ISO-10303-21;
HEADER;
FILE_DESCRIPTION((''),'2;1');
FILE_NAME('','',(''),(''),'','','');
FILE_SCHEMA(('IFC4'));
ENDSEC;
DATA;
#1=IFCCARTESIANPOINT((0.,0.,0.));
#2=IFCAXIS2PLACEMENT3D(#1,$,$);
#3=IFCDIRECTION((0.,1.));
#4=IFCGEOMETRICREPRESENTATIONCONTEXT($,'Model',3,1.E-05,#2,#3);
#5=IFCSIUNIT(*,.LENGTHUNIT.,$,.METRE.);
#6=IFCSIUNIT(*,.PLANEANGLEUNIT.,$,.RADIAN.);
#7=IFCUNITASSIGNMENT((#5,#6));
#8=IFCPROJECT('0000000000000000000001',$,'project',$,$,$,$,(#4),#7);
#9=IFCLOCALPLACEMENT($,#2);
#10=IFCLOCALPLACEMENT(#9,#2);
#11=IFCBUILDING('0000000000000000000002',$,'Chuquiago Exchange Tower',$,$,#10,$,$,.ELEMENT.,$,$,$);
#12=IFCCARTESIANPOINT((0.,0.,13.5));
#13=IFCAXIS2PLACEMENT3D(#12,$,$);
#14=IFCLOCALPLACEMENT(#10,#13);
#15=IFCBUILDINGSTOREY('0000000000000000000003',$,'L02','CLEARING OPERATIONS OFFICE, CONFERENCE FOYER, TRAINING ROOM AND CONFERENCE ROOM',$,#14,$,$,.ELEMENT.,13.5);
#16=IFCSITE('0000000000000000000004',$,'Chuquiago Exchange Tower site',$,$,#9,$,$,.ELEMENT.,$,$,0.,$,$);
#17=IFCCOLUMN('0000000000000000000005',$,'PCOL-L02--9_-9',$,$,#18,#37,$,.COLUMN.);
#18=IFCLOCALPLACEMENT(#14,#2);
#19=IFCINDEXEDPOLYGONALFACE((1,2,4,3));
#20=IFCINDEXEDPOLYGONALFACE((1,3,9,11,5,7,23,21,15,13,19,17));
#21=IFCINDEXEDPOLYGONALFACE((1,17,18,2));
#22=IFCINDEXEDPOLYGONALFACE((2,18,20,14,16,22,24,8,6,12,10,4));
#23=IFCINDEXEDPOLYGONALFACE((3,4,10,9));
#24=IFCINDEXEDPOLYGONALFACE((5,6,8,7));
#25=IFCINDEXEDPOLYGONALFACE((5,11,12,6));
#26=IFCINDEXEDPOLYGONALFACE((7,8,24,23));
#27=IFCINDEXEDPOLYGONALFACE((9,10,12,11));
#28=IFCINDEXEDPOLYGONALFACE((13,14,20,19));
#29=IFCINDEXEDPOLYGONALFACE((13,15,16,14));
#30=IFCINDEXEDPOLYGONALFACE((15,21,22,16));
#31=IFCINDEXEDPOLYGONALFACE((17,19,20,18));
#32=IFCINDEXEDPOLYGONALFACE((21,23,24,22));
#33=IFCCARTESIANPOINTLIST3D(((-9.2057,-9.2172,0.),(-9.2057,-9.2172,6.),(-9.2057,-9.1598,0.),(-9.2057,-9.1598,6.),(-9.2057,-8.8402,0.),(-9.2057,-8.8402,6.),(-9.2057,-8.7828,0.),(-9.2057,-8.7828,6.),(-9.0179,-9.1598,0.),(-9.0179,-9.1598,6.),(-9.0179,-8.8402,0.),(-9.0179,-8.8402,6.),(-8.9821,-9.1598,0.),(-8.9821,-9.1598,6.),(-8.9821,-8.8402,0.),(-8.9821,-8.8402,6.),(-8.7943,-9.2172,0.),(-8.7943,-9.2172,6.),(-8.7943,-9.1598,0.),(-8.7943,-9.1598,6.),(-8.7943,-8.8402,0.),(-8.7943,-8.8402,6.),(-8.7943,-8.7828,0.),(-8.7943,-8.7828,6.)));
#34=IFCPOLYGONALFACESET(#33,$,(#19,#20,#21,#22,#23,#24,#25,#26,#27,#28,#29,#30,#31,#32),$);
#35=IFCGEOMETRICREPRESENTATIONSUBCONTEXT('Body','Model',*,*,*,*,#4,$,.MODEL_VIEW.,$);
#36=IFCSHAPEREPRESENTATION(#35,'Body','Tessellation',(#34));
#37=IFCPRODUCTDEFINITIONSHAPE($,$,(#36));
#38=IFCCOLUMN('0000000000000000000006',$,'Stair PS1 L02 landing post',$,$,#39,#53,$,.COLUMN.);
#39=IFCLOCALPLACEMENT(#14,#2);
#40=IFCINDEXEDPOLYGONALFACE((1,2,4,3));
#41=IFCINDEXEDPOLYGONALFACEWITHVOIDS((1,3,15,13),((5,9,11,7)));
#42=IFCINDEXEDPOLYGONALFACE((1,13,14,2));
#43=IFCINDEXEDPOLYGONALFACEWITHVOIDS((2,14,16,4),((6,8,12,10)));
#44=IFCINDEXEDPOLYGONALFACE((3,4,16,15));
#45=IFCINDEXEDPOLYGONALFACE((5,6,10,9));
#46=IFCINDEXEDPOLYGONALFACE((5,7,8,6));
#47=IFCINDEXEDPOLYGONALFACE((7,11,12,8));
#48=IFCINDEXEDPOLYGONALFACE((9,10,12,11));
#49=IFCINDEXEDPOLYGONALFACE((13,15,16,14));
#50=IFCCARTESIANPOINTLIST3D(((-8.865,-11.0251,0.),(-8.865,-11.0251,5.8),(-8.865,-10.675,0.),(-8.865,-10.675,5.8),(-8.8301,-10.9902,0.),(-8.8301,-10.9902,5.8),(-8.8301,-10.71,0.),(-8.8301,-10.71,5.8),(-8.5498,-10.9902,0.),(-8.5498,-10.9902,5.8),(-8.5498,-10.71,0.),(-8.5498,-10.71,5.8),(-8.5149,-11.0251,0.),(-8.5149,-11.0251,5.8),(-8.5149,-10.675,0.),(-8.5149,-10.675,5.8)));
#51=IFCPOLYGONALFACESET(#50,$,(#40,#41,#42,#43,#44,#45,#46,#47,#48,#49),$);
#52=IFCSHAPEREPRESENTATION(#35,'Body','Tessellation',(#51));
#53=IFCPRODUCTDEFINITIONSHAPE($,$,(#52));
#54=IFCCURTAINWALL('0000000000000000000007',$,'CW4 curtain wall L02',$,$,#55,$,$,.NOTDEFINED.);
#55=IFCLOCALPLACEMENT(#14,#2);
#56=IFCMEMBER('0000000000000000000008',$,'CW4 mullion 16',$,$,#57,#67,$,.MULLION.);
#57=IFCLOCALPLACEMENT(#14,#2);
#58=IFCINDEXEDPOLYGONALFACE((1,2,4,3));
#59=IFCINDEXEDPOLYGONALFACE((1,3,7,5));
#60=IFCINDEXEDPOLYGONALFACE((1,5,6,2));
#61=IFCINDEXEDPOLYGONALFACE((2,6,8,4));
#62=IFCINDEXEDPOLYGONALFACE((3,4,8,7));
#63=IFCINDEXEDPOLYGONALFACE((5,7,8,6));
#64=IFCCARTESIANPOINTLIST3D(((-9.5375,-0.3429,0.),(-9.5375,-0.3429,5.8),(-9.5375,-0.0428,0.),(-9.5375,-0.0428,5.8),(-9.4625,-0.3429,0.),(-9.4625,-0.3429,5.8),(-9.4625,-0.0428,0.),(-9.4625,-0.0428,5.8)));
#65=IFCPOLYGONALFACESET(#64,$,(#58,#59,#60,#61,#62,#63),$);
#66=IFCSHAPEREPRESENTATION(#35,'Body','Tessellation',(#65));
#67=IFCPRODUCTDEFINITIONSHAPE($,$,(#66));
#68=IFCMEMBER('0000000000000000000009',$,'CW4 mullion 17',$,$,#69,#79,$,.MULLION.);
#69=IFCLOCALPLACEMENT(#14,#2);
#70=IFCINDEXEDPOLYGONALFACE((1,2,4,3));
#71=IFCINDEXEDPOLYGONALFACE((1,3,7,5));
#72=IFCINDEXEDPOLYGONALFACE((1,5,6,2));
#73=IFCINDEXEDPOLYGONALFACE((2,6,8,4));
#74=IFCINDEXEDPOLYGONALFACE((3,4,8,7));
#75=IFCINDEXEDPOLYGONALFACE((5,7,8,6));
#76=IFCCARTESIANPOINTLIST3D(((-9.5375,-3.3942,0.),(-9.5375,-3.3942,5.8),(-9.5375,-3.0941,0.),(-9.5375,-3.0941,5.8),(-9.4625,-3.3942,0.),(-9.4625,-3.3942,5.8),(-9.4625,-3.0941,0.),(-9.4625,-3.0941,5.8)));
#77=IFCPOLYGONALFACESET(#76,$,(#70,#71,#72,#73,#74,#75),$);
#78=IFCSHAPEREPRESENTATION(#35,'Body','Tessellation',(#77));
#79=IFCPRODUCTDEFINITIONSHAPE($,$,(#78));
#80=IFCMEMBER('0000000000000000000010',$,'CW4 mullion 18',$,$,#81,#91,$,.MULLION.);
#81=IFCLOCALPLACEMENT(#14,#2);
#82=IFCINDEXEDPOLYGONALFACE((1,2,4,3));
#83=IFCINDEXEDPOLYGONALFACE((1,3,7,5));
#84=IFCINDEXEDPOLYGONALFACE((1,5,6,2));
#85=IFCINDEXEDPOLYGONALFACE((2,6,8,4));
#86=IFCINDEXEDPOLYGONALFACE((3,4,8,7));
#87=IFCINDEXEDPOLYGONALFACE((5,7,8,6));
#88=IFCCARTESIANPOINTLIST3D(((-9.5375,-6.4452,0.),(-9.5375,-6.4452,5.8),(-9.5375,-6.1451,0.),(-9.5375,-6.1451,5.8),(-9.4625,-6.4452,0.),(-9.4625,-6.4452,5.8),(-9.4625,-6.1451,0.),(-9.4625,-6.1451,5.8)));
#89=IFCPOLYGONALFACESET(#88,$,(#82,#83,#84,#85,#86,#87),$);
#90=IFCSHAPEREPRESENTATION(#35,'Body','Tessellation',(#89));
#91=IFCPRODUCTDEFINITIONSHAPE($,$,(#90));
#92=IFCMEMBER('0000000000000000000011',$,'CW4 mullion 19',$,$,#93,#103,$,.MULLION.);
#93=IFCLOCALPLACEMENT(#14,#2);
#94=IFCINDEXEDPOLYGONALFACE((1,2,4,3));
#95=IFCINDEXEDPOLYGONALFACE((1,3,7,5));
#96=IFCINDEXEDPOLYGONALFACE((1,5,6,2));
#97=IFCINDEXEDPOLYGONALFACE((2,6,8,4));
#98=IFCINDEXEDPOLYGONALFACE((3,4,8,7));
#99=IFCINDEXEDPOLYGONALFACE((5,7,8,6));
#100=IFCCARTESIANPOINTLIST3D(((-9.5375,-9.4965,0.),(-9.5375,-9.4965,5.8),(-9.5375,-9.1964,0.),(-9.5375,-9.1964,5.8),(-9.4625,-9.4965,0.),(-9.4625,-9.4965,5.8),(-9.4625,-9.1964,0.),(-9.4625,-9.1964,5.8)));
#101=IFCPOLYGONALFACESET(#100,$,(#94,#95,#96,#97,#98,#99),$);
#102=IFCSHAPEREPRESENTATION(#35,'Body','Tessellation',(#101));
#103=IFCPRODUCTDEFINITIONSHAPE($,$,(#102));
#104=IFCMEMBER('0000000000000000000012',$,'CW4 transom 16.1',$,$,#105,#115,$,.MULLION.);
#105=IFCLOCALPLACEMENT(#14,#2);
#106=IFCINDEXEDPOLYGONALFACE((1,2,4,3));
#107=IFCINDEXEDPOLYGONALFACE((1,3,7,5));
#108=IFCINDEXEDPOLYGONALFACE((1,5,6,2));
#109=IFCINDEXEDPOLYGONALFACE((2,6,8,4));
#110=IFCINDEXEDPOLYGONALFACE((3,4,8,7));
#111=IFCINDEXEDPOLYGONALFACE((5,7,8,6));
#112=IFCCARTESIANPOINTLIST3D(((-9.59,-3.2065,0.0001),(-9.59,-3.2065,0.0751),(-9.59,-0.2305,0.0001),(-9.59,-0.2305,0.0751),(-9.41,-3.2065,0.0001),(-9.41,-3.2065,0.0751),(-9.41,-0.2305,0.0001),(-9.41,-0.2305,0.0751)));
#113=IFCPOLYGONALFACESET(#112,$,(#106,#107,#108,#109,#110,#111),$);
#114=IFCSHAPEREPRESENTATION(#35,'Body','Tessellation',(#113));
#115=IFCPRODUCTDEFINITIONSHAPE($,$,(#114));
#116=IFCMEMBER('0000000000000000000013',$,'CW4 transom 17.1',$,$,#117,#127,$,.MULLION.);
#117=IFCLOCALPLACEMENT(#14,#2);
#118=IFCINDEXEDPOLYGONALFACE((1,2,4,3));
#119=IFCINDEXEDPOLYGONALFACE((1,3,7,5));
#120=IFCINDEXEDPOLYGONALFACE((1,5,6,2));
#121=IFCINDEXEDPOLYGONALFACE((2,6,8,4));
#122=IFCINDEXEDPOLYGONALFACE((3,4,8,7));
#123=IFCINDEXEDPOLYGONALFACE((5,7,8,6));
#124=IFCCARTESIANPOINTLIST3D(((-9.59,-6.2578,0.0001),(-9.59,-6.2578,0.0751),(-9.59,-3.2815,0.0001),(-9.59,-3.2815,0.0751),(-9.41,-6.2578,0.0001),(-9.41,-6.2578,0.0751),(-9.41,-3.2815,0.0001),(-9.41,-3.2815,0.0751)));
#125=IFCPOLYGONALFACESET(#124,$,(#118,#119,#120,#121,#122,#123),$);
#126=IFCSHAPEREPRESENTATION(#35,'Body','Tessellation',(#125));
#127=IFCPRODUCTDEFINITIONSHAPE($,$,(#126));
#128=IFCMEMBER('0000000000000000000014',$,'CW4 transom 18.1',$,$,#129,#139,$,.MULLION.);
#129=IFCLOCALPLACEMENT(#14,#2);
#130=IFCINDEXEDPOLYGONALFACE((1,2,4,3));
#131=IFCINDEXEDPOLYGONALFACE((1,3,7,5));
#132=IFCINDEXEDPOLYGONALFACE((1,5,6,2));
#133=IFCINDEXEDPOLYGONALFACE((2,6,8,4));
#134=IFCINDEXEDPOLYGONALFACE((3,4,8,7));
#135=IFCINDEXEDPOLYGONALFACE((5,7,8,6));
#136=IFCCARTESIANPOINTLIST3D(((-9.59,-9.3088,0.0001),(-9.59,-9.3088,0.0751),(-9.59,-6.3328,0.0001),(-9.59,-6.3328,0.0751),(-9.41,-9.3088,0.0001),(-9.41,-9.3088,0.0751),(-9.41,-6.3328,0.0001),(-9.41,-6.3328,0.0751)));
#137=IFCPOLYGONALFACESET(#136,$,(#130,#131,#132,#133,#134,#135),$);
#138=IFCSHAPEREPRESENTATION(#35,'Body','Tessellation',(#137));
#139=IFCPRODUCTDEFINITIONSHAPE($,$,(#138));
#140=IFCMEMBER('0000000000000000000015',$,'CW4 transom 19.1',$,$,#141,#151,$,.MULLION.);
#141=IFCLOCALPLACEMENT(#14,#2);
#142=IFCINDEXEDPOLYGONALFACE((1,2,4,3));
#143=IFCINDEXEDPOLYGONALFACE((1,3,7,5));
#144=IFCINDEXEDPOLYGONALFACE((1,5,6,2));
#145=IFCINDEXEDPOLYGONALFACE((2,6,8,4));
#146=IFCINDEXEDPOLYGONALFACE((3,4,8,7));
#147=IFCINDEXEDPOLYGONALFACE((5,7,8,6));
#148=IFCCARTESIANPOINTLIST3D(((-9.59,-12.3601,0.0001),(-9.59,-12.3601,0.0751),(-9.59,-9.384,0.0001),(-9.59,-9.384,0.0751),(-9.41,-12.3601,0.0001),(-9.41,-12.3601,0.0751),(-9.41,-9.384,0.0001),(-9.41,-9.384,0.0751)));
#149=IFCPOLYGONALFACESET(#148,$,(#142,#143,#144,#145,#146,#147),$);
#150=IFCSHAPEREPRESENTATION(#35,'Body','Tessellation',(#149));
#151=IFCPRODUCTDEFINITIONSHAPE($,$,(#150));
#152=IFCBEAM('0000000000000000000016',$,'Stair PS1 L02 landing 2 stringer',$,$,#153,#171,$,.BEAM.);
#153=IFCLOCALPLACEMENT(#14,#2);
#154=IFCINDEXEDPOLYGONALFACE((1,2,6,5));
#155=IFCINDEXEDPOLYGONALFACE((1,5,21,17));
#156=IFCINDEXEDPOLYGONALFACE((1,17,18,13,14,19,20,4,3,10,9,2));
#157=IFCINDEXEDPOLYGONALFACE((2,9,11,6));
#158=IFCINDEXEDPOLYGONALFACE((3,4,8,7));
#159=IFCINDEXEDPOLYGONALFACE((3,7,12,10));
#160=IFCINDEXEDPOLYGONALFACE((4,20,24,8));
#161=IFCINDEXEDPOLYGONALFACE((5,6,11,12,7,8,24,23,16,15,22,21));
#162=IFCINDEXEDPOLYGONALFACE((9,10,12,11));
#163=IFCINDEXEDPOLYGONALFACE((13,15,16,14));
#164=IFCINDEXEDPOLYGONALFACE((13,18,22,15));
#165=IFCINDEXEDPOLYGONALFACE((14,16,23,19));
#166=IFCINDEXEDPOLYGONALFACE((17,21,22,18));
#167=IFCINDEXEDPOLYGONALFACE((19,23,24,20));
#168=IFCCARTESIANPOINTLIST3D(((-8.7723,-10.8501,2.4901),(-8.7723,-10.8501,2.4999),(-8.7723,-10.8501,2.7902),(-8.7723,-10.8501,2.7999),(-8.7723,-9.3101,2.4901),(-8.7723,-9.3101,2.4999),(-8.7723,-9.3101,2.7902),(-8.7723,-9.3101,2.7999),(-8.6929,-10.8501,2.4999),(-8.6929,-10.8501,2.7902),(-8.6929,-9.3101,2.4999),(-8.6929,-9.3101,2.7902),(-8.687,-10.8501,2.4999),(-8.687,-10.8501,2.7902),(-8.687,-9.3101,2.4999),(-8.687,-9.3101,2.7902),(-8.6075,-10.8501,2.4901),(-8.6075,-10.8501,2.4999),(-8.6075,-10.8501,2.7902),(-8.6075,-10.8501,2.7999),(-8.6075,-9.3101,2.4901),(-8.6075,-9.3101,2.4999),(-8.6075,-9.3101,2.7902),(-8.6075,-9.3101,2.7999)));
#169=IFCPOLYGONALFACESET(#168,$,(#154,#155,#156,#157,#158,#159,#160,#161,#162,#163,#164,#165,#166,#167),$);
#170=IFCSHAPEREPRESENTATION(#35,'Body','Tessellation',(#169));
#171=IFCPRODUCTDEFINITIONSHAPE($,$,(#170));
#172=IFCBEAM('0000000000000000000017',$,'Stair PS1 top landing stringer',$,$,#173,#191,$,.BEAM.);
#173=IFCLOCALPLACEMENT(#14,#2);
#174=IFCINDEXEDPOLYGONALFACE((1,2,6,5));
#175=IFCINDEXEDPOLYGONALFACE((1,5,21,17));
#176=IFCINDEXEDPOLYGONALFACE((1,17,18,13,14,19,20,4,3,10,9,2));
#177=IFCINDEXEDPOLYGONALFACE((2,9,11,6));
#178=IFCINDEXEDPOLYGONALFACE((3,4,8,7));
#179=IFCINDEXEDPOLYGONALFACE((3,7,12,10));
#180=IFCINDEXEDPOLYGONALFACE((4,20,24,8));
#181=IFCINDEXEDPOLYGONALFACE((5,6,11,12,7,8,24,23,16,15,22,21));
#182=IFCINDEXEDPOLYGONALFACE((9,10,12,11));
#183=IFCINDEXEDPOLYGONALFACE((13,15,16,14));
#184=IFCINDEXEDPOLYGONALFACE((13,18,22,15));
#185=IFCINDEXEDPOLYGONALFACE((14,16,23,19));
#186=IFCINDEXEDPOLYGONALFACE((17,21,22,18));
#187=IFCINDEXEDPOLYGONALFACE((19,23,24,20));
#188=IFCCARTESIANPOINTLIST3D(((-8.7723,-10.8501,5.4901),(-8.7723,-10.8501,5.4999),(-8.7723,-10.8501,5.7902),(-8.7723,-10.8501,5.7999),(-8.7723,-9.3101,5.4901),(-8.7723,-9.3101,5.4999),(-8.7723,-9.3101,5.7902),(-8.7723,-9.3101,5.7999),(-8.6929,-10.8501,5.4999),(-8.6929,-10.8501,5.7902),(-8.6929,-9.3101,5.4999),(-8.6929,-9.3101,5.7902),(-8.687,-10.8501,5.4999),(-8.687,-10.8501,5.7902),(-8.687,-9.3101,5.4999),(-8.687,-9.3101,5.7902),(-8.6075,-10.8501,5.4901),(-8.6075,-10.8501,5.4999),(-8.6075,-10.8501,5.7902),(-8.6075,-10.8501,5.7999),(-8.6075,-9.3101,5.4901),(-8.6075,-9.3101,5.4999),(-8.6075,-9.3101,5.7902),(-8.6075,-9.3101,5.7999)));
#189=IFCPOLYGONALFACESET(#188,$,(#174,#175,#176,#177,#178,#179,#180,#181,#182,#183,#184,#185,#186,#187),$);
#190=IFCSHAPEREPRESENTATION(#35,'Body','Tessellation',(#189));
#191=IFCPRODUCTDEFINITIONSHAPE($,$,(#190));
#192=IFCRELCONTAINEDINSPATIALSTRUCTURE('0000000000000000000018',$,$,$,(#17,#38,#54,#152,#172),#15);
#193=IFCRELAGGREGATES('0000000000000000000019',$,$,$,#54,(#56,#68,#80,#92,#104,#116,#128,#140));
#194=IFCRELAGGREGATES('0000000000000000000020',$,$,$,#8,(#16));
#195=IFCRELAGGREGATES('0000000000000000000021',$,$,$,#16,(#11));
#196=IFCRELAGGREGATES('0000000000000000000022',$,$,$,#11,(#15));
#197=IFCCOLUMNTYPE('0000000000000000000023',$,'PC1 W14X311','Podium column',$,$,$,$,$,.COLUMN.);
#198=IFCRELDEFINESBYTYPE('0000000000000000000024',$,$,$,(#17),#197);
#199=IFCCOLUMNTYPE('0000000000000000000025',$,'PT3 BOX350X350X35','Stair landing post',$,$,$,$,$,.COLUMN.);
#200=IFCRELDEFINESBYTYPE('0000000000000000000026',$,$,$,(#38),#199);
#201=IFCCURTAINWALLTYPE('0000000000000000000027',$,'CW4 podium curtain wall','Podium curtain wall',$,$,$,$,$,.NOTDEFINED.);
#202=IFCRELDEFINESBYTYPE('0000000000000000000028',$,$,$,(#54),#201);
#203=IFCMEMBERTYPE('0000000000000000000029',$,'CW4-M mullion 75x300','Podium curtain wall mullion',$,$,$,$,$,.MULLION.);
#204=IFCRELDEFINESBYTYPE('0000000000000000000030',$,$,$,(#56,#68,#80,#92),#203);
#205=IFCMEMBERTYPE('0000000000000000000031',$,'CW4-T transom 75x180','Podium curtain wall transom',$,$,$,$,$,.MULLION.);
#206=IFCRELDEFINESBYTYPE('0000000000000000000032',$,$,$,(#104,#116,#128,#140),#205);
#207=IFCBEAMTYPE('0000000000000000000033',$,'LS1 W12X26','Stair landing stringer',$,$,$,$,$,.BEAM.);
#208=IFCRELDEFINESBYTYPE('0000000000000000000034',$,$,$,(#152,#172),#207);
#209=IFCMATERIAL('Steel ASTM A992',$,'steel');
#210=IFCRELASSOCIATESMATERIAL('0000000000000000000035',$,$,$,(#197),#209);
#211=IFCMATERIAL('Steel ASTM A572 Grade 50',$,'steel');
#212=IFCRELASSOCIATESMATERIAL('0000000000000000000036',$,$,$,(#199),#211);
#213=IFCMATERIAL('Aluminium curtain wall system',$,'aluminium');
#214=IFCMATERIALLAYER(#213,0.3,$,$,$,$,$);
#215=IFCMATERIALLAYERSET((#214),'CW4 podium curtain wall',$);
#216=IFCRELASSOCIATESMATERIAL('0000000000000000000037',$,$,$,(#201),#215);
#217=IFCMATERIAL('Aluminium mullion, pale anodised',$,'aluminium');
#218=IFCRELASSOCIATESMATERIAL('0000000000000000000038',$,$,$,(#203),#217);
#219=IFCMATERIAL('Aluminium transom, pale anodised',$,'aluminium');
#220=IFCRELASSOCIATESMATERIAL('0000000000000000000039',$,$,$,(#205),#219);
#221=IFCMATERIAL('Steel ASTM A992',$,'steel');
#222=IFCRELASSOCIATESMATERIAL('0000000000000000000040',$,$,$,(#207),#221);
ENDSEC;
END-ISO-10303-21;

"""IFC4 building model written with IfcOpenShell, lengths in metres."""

from ifc_helpers import new_model, si_unit, direction, frame, origin, origin_2d, place, context, subcontext, project, spatial, rectangle, hollow_rectangle, i_section, extrude, material, layer, layer_set, material_profile, profile_set, type_object, element, aggregate, save


model = new_model("IFC4")

# Units and contexts
model_context = context("Model", 3, precision=1e-05, world=origin(), true_north=direction((0.0, 1.0)))
body_context = subcontext(model_context, "Body", "Model", "MODEL_VIEW")
ifc_project = project(units=[si_unit("LENGTHUNIT", "METRE"), si_unit("PLANEANGLEUNIT", "RADIAN")], contexts=[model_context])

# Site, building, storey
site_placement = place(None, origin())
site = spatial("IfcSite", under=ifc_project, at=site_placement, Name="Chuquiago Exchange Tower site", CompositionType="ELEMENT", RefElevation=0.0)
building_placement = place(site_placement, origin())
building = spatial("IfcBuilding", under=site, at=building_placement, Name="Chuquiago Exchange Tower", CompositionType="ELEMENT")
storey_placement = place(building_placement, frame((0.0, 0.0, 13.5)))
storey = spatial("IfcBuildingStorey", under=building, at=storey_placement, Name="L02", Description="CLEARING OPERATIONS OFFICE, CONFERENCE FOYER, TRAINING ROOM AND CONFERENCE ROOM", CompositionType="ELEMENT", Elevation=13.5)

# Columns
ifc_material_1 = material(Name="Steel ASTM A992", Category="steel")
ifc_material_profile_1 = material_profile(ifc_material_1, i_section(OverallWidth=0.4114, OverallDepth=0.4343, WebThickness=0.0359, FlangeThickness=0.0574, at=origin_2d()), Name="W14X311")
ifc_profile_set_1 = profile_set([ifc_material_profile_1], Name="Steel ASTM A992")
column_type_1 = type_object("IfcColumnType", Name="PC1 W14X311", Description="Podium column", PredefinedType="COLUMN", material=ifc_profile_set_1)
column_1_placement = place(storey_placement, frame((-9.0, -9.0, 0.0), z_axis=(0.0, 0.0, 1.0), x_axis=(1.0, 0.0, 0.0)))
element("IfcColumn", 1, at=column_1_placement, inside=storey, type_object=column_type_1, Name="PCOL-L02--9_-9", PredefinedType="COLUMN", context=body_context, shape_type="SweptSolid", body=[
    extrude(i_section(OverallWidth=0.4114, OverallDepth=0.4343, WebThickness=0.0359, FlangeThickness=0.0574, at=origin_2d()), origin(), (0.0, 0.0, 1.0), 6.0),
])
ifc_material_2 = material(Name="Steel ASTM A572 Grade 50", Category="steel")
ifc_material_profile_2 = material_profile(ifc_material_2, hollow_rectangle(XDim=0.3501, YDim=0.3501, WallThickness=0.0349, at=origin_2d()), Name="BOX350X350X35")
ifc_profile_set_2 = profile_set([ifc_material_profile_2], Name="Steel ASTM A572 Grade 50")
column_type_2 = type_object("IfcColumnType", Name="PT3 BOX350X350X35", Description="Stair landing post", PredefinedType="COLUMN", material=ifc_profile_set_2)
column_2_placement = place(storey_placement, frame((-8.6899, -10.8501, 0.0), z_axis=(0.0, 0.0, 1.0), x_axis=(1.0, 0.0, 0.0)))
element("IfcColumn", 2, at=column_2_placement, inside=storey, type_object=column_type_2, Name="Stair PS1 L02 landing post", PredefinedType="COLUMN", context=body_context, shape_type="SweptSolid", body=[
    extrude(hollow_rectangle(XDim=0.3501, YDim=0.3501, WallThickness=0.0349, at=origin_2d()), origin(), (0.0, 0.0, 1.0), 5.8),
])

# Curtain wall, members
ifc_material_3 = material(Name="Aluminium curtain wall system", Category="aluminium")
ifc_layer_1 = layer(ifc_material_3, 0.3)
ifc_layer_set_1 = layer_set([ifc_layer_1], Name="CW4 podium curtain wall")
curtain_wall_type = type_object("IfcCurtainWallType", Name="CW4 podium curtain wall", Description="Podium curtain wall", PredefinedType="NOTDEFINED", material=ifc_layer_set_1)
curtain_wall_placement = place(storey_placement, origin())
curtain_wall = element("IfcCurtainWall", 3, at=curtain_wall_placement, inside=storey, type_object=curtain_wall_type, Name="CW4 curtain wall L02", PredefinedType="NOTDEFINED")
ifc_material_4 = material(Name="Aluminium mullion, pale anodised", Category="aluminium")
ifc_material_profile_3 = material_profile(ifc_material_4, rectangle(XDim=0.075, YDim=0.3, at=origin_2d()), Name="AL 75x300")
ifc_profile_set_3 = profile_set([ifc_material_profile_3], Name="Aluminium mullion, pale anodised")
member_type_1 = type_object("IfcMemberType", Name="CW4-M mullion 75x300", Description="Podium curtain wall mullion", PredefinedType="MULLION", material=ifc_profile_set_3)
member_1_placement = place(storey_placement, frame((-9.5, -0.1929, 0.0), z_axis=(0.0, 0.0, 1.0), x_axis=(1.0, 0.0, 0.0)))
member_1 = element("IfcMember", 4, at=member_1_placement, type_object=member_type_1, Name="CW4 mullion 16", PredefinedType="MULLION", context=body_context, shape_type="SweptSolid", body=[
    extrude(rectangle(XDim=0.075, YDim=0.3, at=origin_2d()), origin(), (0.0, 0.0, 1.0), 5.8),
])
member_2_placement = place(storey_placement, frame((-9.5, -3.2441, 0.0), z_axis=(0.0, 0.0, 1.0), x_axis=(1.0, 0.0, 0.0)))
member_2 = element("IfcMember", 5, at=member_2_placement, type_object=member_type_1, Name="CW4 mullion 17", PredefinedType="MULLION", context=body_context, shape_type="SweptSolid", body=[
    extrude(rectangle(XDim=0.075, YDim=0.3, at=origin_2d()), origin(), (0.0, 0.0, 1.0), 5.8),
])
member_3_placement = place(storey_placement, frame((-9.5, -6.2952, 0.0), z_axis=(0.0, 0.0, 1.0), x_axis=(1.0, 0.0, 0.0)))
member_3 = element("IfcMember", 6, at=member_3_placement, type_object=member_type_1, Name="CW4 mullion 18", PredefinedType="MULLION", context=body_context, shape_type="SweptSolid", body=[
    extrude(rectangle(XDim=0.075, YDim=0.3, at=origin_2d()), origin(), (0.0, 0.0, 1.0), 5.8),
])
member_4_placement = place(storey_placement, frame((-9.5, -9.3464, 0.0), z_axis=(0.0, 0.0, 1.0), x_axis=(1.0, 0.0, 0.0)))
member_4 = element("IfcMember", 7, at=member_4_placement, type_object=member_type_1, Name="CW4 mullion 19", PredefinedType="MULLION", context=body_context, shape_type="SweptSolid", body=[
    extrude(rectangle(XDim=0.075, YDim=0.3, at=origin_2d()), origin(), (0.0, 0.0, 1.0), 5.8),
])
ifc_material_5 = material(Name="Aluminium transom, pale anodised", Category="aluminium")
ifc_material_profile_4 = material_profile(ifc_material_5, rectangle(XDim=0.1799, YDim=0.075, at=origin_2d()), Name="AL 180x75")
ifc_profile_set_4 = profile_set([ifc_material_profile_4], Name="Aluminium transom, pale anodised")
member_type_2 = type_object("IfcMemberType", Name="CW4-T transom 75x180", Description="Podium curtain wall transom", PredefinedType="MULLION", material=ifc_profile_set_4)
member_5_placement = place(storey_placement, frame((-9.5, -0.2305, 0.0376), z_axis=(0.0, -1.0, 0.0), x_axis=(1.0, 0.0, 0.0)))
member_5 = element("IfcMember", 8, at=member_5_placement, type_object=member_type_2, Name="CW4 transom 16.1", PredefinedType="MULLION", context=body_context, shape_type="SweptSolid", body=[
    extrude(rectangle(XDim=0.1799, YDim=0.075, at=origin_2d()), origin(), (0.0, 0.0, 1.0), 2.9761),
])
member_6_placement = place(storey_placement, frame((-9.5, -3.2815, 0.0376), z_axis=(0.0, -1.0, 0.0), x_axis=(1.0, 0.0, 0.0)))
member_6 = element("IfcMember", 9, at=member_6_placement, type_object=member_type_2, Name="CW4 transom 17.1", PredefinedType="MULLION", context=body_context, shape_type="SweptSolid", body=[
    extrude(rectangle(XDim=0.1799, YDim=0.075, at=origin_2d()), origin(), (0.0, 0.0, 1.0), 2.9763),
])
member_7_placement = place(storey_placement, frame((-9.5, -6.3328, 0.0376), z_axis=(0.0, -1.0, 0.0), x_axis=(1.0, 0.0, 0.0)))
member_7 = element("IfcMember", 10, at=member_7_placement, type_object=member_type_2, Name="CW4 transom 18.1", PredefinedType="MULLION", context=body_context, shape_type="SweptSolid", body=[
    extrude(rectangle(XDim=0.1799, YDim=0.075, at=origin_2d()), origin(), (0.0, 0.0, 1.0), 2.9761),
])
member_8_placement = place(storey_placement, frame((-9.5, -9.384, 0.0376), z_axis=(0.0, -1.0, 0.0), x_axis=(1.0, 0.0, 0.0)))
member_8 = element("IfcMember", 11, at=member_8_placement, type_object=member_type_2, Name="CW4 transom 19.1", PredefinedType="MULLION", context=body_context, shape_type="SweptSolid", body=[
    extrude(rectangle(XDim=0.1799, YDim=0.075, at=origin_2d()), origin(), (0.0, 0.0, 1.0), 2.9761),
])

# Beams
ifc_material_6 = material(Name="Steel ASTM A992", Category="steel")
ifc_material_profile_5 = material_profile(ifc_material_6, i_section(OverallWidth=0.1648, OverallDepth=0.3098, WebThickness=0.0059, FlangeThickness=0.0098, at=origin_2d()), Name="W12X26")
ifc_profile_set_5 = profile_set([ifc_material_profile_5], Name="Steel ASTM A992")
beam_type_1 = type_object("IfcBeamType", Name="LS1 W12X26", Description="Stair landing stringer", PredefinedType="BEAM", material=ifc_profile_set_5)
for number, where, z_axis, x_axis, name in (
    (12, (-8.6899, -10.8501, 2.645), (0.0, 1.0, 0.0), (-1.0, 0.0, 0.0), "Stair PS1 L02 landing 2 stringer"),
    (13, (-8.6899, -10.8501, 5.645), (0.0, 1.0, 0.0), (-1.0, 0.0, 0.0), "Stair PS1 top landing stringer"),
):
    element("IfcBeam", number, at=place(storey_placement, frame(where, z_axis=z_axis, x_axis=x_axis)), inside=storey, type_object=beam_type_1, Name=name, PredefinedType="BEAM", context=body_context, shape_type="SweptSolid", body=[
        extrude(i_section(OverallWidth=0.1648, OverallDepth=0.3098, WebThickness=0.0059, FlangeThickness=0.0098, at=origin_2d()), origin(), (0.0, 0.0, 1.0), 1.54),
    ])

aggregate(curtain_wall, [member_1, member_2, member_3, member_4, member_5, member_6, member_7, member_8])

save(model, "model.ifc")
